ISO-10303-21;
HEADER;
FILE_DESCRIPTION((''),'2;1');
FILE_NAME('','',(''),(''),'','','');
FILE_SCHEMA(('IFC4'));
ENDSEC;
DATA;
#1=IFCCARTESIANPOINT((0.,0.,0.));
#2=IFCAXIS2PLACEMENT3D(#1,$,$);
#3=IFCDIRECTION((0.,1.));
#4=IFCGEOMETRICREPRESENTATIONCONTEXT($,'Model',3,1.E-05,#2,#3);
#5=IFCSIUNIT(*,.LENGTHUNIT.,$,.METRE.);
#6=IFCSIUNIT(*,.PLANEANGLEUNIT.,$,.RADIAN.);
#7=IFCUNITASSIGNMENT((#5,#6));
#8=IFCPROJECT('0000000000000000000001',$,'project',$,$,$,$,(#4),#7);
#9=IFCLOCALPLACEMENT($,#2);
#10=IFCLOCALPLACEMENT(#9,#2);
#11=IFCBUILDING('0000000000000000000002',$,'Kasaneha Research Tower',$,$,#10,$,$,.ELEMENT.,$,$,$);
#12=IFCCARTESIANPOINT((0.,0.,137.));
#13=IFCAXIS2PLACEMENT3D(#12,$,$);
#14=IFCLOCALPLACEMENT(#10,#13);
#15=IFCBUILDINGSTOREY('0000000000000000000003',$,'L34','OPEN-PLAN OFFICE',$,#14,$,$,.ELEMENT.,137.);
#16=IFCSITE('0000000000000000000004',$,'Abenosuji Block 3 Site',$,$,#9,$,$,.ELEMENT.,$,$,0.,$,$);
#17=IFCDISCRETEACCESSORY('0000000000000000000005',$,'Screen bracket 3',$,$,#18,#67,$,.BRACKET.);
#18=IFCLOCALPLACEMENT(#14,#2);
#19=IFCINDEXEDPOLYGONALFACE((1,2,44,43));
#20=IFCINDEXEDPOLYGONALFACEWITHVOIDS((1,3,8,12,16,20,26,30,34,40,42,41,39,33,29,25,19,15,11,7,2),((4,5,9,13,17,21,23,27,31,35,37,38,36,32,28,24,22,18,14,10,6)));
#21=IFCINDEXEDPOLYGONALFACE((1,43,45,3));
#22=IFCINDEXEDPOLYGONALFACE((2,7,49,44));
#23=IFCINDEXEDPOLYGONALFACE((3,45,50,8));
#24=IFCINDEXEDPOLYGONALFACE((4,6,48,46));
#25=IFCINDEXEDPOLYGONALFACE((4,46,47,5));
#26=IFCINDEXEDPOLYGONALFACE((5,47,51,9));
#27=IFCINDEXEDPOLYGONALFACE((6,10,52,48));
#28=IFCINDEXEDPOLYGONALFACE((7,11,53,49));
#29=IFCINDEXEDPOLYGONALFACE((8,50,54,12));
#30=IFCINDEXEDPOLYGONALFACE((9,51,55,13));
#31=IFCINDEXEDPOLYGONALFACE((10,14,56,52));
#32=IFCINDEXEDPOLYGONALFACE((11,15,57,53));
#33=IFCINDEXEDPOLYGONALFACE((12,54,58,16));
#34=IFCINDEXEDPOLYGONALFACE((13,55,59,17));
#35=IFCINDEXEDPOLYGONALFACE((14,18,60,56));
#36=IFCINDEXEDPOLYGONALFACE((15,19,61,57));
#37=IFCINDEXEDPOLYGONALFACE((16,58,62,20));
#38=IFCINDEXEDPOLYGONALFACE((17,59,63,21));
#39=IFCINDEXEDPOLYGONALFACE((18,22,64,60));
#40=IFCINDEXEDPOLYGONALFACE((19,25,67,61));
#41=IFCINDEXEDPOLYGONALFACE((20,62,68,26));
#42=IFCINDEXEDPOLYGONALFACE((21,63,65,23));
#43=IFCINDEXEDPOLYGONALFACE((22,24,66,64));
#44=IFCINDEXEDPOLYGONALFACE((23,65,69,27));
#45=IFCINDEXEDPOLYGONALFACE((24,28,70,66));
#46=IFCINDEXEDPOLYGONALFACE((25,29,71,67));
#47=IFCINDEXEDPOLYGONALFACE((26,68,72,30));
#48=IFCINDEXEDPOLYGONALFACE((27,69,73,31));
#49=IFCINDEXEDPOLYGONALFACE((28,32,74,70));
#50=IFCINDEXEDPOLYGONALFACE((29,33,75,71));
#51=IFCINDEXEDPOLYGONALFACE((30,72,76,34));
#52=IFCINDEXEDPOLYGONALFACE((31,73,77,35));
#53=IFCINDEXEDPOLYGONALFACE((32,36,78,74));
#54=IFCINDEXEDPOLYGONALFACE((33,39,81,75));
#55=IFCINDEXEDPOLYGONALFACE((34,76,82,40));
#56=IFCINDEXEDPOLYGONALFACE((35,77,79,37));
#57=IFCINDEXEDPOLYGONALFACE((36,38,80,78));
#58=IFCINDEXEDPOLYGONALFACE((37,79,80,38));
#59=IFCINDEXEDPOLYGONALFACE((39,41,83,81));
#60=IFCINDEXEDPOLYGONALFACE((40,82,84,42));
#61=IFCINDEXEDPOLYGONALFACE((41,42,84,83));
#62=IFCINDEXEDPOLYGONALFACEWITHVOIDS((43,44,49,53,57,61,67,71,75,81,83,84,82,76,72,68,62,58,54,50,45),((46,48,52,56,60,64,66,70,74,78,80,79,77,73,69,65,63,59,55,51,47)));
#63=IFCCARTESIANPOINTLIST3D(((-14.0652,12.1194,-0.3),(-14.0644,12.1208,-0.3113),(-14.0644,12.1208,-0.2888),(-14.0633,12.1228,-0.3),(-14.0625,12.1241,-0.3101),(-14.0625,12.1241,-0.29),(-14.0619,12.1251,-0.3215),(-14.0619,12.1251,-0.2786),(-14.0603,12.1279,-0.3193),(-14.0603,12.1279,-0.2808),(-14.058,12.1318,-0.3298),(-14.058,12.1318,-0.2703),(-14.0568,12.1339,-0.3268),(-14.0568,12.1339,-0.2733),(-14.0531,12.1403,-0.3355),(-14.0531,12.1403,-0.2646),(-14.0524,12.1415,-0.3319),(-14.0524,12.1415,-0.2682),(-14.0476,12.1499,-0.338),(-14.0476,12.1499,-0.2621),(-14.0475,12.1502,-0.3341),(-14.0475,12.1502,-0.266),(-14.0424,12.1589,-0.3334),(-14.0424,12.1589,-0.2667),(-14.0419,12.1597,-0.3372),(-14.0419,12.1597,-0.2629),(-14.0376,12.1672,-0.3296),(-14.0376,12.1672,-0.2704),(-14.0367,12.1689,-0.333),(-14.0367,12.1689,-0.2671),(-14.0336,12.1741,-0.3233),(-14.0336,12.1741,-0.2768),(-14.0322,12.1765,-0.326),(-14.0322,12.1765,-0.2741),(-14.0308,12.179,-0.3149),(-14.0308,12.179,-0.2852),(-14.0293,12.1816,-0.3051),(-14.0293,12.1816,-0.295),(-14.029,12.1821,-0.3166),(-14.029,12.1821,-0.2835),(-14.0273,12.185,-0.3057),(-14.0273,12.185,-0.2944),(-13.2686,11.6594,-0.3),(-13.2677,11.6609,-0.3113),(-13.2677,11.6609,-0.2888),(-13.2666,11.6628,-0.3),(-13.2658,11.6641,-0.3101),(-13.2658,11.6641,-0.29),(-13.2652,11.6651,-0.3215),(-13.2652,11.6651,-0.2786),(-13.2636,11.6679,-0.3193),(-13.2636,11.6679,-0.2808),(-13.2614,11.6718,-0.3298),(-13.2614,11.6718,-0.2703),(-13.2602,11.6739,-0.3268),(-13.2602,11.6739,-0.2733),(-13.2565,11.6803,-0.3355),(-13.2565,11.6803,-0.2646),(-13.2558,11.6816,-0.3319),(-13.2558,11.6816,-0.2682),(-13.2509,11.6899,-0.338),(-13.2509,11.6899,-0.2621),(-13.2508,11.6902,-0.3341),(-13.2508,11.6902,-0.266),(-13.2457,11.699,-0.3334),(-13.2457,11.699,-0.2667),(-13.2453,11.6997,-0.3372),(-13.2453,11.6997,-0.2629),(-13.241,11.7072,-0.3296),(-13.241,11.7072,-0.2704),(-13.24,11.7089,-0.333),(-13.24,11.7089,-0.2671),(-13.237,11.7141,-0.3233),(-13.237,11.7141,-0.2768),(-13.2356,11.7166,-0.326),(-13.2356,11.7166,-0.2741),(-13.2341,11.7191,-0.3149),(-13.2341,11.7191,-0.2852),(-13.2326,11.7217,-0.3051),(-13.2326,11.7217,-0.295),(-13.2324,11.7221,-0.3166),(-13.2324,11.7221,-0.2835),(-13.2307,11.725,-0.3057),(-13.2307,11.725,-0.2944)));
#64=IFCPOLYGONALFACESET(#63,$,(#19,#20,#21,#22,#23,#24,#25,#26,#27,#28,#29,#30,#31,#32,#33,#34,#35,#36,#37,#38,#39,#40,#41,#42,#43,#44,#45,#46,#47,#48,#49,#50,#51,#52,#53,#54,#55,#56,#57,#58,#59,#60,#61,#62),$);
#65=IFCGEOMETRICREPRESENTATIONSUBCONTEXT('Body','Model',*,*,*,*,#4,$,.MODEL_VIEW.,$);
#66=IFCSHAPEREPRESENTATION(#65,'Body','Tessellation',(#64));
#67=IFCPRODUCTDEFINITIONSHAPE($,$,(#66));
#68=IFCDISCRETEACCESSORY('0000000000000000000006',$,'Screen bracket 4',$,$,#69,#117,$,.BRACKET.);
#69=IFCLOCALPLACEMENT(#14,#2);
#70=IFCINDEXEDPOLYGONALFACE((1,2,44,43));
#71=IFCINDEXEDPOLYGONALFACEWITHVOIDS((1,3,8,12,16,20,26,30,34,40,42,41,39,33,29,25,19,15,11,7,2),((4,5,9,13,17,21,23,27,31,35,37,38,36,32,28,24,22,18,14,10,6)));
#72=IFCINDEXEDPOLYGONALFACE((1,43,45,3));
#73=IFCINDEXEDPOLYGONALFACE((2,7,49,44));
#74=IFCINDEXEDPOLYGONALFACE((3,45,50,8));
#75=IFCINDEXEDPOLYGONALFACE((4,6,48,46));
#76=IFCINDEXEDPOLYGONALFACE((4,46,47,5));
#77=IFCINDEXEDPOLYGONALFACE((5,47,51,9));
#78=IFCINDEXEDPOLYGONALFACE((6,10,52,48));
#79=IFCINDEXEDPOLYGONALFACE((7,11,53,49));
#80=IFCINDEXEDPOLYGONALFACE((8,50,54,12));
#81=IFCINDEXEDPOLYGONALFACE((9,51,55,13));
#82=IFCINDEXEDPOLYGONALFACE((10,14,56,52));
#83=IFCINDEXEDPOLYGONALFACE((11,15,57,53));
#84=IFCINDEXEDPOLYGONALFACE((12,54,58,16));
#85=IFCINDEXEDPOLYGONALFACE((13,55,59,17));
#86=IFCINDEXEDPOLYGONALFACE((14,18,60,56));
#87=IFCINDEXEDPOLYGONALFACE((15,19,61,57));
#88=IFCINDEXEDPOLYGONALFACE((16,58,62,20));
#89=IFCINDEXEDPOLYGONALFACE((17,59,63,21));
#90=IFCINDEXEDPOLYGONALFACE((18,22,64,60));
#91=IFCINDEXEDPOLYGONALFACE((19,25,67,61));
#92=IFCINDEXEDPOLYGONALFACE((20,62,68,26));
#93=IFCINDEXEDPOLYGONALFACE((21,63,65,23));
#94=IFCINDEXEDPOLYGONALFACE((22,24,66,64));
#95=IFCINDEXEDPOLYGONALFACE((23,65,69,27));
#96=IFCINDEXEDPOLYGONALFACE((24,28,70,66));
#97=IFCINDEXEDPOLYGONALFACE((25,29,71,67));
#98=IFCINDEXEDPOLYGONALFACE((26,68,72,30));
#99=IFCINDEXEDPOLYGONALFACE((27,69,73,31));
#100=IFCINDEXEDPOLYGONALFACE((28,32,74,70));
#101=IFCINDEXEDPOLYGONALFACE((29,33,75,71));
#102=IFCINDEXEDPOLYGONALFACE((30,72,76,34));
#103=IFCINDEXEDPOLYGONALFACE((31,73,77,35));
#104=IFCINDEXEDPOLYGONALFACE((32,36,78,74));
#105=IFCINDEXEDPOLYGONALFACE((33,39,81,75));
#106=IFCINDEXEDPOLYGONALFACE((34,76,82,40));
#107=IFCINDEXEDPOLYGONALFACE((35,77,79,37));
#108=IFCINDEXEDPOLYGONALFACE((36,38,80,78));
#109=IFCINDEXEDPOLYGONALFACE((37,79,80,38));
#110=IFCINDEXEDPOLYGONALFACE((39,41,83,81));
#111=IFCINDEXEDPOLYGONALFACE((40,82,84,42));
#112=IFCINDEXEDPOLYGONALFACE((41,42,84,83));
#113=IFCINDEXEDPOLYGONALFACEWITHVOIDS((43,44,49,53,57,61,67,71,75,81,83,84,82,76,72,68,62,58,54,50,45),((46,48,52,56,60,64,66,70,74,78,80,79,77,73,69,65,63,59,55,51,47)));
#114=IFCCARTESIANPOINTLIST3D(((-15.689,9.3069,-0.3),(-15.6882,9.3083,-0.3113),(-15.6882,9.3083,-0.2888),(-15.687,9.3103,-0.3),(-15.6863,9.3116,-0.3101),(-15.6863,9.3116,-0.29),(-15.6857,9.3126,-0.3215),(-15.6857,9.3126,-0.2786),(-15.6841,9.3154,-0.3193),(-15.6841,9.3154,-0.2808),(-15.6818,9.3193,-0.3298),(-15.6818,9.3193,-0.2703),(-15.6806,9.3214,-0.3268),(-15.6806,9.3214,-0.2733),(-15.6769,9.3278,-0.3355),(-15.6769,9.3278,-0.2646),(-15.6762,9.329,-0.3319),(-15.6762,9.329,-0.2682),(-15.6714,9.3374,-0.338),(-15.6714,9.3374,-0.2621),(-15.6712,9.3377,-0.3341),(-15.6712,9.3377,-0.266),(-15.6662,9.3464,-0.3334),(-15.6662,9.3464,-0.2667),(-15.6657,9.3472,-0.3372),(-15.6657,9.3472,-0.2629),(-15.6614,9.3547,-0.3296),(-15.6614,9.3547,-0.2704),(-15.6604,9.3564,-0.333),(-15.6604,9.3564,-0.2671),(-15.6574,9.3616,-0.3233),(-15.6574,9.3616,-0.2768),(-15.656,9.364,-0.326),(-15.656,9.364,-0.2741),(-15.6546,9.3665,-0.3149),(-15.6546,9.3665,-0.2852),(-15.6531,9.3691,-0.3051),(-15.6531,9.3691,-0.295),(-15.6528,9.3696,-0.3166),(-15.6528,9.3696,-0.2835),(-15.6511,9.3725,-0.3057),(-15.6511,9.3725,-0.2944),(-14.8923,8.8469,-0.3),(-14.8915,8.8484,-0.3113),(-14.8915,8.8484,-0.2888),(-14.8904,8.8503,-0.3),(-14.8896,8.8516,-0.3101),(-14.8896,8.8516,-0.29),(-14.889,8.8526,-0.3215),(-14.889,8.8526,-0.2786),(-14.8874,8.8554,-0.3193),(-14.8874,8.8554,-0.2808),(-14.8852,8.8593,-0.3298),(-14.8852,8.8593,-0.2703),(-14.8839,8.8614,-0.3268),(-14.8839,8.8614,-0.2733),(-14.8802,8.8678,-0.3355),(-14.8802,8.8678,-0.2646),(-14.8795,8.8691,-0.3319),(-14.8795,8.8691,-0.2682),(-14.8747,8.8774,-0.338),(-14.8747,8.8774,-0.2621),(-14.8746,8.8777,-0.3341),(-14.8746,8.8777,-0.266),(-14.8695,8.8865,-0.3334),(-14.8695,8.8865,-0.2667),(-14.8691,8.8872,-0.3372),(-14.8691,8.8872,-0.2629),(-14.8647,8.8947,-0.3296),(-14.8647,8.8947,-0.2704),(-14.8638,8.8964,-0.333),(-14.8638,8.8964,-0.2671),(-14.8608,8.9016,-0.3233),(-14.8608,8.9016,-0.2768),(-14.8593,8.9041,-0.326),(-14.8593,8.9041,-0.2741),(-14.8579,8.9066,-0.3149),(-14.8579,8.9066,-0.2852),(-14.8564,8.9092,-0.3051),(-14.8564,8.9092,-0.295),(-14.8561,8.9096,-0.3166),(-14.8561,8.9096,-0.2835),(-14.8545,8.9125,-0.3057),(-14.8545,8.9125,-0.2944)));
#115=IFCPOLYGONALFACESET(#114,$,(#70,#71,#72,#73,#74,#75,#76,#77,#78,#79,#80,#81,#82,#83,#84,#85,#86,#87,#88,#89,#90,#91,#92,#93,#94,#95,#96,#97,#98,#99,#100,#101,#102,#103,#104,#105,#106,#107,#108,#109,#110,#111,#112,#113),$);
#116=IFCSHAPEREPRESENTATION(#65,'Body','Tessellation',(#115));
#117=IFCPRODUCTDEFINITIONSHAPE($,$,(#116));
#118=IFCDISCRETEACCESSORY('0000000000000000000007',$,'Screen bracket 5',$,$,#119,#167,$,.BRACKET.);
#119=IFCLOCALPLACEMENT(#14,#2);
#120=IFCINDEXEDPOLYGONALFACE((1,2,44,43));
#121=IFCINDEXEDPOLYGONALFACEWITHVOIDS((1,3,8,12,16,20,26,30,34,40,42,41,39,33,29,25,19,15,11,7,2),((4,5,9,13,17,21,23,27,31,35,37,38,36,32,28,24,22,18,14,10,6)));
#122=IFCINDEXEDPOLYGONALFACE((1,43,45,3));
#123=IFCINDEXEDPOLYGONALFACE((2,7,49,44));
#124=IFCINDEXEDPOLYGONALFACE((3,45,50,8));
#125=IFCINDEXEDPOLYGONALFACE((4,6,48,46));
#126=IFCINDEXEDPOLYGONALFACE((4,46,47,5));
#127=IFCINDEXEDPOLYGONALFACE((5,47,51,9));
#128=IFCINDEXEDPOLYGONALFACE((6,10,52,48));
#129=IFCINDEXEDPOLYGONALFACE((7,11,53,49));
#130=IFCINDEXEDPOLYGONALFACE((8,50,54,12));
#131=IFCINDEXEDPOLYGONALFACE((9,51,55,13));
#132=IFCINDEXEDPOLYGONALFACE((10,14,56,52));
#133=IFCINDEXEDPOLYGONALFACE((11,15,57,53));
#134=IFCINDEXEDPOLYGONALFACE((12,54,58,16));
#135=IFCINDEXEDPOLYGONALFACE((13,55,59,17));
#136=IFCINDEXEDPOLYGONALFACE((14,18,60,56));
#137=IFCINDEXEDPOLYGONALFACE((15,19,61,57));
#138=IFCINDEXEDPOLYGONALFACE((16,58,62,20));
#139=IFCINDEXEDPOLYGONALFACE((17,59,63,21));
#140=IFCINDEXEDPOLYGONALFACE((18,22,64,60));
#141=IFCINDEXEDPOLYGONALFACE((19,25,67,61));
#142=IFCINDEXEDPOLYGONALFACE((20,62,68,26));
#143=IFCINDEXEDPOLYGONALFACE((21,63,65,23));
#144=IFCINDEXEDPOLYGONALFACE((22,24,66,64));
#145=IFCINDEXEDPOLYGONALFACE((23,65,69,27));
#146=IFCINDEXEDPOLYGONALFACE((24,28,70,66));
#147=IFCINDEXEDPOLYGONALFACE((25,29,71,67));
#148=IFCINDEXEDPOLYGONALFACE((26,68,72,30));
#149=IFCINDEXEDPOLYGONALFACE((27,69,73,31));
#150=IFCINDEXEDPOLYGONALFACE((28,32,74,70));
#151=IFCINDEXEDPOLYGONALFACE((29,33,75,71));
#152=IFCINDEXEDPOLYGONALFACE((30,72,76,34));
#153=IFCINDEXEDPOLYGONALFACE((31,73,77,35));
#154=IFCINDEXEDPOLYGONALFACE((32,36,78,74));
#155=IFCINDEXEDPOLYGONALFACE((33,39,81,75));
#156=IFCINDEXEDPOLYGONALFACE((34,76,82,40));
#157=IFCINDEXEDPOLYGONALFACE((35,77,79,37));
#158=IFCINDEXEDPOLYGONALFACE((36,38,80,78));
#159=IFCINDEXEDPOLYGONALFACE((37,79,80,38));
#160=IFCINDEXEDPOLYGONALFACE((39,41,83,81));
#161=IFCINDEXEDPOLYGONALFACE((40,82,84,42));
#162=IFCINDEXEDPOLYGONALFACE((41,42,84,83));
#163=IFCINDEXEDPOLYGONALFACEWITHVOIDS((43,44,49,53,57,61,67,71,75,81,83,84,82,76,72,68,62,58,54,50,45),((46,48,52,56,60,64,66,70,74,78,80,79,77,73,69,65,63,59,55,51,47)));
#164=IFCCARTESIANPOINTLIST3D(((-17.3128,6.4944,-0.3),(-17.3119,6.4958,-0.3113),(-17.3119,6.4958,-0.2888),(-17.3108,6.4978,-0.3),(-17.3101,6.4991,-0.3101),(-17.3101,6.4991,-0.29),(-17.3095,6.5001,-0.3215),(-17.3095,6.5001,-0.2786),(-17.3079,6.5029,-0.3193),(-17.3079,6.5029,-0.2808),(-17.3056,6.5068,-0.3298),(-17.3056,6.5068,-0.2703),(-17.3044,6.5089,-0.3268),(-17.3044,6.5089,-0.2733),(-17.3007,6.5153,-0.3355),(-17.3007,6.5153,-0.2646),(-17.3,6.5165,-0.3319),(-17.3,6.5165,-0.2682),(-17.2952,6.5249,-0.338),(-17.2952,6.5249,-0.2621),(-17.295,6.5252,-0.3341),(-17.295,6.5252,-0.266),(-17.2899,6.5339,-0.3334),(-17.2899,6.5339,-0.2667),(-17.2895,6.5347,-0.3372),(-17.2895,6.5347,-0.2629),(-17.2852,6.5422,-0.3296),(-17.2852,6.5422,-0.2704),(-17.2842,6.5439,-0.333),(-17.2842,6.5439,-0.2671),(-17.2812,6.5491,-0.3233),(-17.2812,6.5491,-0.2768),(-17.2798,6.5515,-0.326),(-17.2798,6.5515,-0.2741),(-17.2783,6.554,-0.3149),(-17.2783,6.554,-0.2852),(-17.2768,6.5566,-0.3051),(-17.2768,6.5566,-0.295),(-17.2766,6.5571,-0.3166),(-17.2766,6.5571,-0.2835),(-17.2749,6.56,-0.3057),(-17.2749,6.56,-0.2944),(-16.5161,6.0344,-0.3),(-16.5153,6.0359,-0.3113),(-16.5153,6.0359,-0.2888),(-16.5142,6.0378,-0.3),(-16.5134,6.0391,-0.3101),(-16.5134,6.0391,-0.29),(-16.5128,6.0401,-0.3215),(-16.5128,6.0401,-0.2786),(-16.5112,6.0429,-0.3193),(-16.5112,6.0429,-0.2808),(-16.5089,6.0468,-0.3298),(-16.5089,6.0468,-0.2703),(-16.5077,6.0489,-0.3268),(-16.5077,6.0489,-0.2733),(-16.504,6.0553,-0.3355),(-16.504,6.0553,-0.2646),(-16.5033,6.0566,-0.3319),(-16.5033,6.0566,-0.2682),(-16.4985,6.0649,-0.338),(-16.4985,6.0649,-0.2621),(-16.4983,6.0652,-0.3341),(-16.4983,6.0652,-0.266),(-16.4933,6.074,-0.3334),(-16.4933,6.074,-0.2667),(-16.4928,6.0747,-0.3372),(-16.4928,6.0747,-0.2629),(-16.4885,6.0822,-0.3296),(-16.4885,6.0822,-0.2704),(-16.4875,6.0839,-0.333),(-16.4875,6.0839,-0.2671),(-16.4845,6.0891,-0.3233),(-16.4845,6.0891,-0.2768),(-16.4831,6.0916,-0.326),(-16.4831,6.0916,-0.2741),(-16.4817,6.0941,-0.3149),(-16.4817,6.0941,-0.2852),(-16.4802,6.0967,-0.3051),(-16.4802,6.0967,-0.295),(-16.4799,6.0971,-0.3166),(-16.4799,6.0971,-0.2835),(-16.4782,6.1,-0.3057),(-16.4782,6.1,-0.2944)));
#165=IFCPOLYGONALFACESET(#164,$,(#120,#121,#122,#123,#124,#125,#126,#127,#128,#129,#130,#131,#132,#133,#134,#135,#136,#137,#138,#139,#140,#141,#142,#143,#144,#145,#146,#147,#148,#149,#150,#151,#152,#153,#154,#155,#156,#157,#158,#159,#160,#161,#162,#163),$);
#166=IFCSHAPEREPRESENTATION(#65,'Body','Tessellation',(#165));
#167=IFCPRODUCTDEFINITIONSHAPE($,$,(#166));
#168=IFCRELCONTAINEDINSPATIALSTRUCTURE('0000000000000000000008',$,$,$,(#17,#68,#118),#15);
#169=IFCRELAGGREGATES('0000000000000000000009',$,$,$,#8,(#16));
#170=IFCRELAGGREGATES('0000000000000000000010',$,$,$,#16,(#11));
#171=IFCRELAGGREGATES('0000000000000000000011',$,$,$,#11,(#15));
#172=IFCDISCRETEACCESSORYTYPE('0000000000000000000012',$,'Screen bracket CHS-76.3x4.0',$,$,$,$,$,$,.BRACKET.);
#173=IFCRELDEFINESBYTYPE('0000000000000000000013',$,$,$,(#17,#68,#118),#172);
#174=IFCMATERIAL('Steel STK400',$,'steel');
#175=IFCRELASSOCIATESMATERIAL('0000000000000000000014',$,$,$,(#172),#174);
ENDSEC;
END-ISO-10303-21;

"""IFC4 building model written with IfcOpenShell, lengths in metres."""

from ifc_helpers import new_model, si_unit, direction, frame, origin, origin_2d, place, context, subcontext, project, spatial, hollow_circle, extrude, material, material_profile, profile_set, type_object, element, save


model = new_model("IFC4")

# Units and contexts
model_context = context("Model", 3, precision=1e-05, world=origin(), true_north=direction((0.0, 1.0)))
body_context = subcontext(model_context, "Body", "Model", "MODEL_VIEW")
ifc_project = project(units=[si_unit("LENGTHUNIT", "METRE"), si_unit("PLANEANGLEUNIT", "RADIAN")], contexts=[model_context])

# Site, building, storey
site_placement = place(None, origin())
site = spatial("IfcSite", under=ifc_project, at=site_placement, Name="Abenosuji Block 3 Site", CompositionType="ELEMENT", RefElevation=0.0)
building_placement = place(site_placement, origin())
building = spatial("IfcBuilding", under=site, at=building_placement, Name="Kasaneha Research Tower", CompositionType="ELEMENT")
storey_placement = place(building_placement, frame((0.0, 0.0, 137.0)))
storey = spatial("IfcBuildingStorey", under=building, at=storey_placement, Name="L34", Description="OPEN-PLAN OFFICE", CompositionType="ELEMENT", Elevation=137.0)

# Discrete accessories
ifc_material_1 = material(Name="Steel STK400", Category="steel")
ifc_material_profile_1 = material_profile(ifc_material_1, hollow_circle(Radius=0.0381, WallThickness=0.0039, at=origin_2d()), Name="CHS-76.3x4.0")
ifc_profile_set_1 = profile_set([ifc_material_profile_1], Name="Steel STK400")
discrete_accessory_type = type_object("IfcDiscreteAccessoryType", Name="Screen bracket CHS-76.3x4.0", PredefinedType="BRACKET", material=ifc_profile_set_1)
for number, where, z_axis, x_axis, name in (
    (1, (-13.2495, 11.6924, -0.3), (-0.866013, 0.500021, 0.0), (-0.500021, -0.866013, 0.0), "Screen bracket 3"),
    (2, (-14.8733, 8.8799, -0.3), (-0.866013, 0.500021, 0.0), (-0.500021, -0.866013, 0.0), "Screen bracket 4"),
    (3, (-16.4971, 6.0674, -0.3), (-0.866013, 0.500021, 0.0), (-0.500021, -0.866013, 0.0), "Screen bracket 5"),
):
    element("IfcDiscreteAccessory", number, at=place(storey_placement, frame(where, z_axis=z_axis, x_axis=x_axis)), inside=storey, type_object=discrete_accessory_type, Name=name, PredefinedType="BRACKET", context=body_context, shape_type="SweptSolid", body=[
        extrude(hollow_circle(Radius=0.0381, WallThickness=0.0039, at=origin_2d()), origin(), (0.0, 0.0, 1.0), 0.9199),
    ])

save(model, "model.ifc")
